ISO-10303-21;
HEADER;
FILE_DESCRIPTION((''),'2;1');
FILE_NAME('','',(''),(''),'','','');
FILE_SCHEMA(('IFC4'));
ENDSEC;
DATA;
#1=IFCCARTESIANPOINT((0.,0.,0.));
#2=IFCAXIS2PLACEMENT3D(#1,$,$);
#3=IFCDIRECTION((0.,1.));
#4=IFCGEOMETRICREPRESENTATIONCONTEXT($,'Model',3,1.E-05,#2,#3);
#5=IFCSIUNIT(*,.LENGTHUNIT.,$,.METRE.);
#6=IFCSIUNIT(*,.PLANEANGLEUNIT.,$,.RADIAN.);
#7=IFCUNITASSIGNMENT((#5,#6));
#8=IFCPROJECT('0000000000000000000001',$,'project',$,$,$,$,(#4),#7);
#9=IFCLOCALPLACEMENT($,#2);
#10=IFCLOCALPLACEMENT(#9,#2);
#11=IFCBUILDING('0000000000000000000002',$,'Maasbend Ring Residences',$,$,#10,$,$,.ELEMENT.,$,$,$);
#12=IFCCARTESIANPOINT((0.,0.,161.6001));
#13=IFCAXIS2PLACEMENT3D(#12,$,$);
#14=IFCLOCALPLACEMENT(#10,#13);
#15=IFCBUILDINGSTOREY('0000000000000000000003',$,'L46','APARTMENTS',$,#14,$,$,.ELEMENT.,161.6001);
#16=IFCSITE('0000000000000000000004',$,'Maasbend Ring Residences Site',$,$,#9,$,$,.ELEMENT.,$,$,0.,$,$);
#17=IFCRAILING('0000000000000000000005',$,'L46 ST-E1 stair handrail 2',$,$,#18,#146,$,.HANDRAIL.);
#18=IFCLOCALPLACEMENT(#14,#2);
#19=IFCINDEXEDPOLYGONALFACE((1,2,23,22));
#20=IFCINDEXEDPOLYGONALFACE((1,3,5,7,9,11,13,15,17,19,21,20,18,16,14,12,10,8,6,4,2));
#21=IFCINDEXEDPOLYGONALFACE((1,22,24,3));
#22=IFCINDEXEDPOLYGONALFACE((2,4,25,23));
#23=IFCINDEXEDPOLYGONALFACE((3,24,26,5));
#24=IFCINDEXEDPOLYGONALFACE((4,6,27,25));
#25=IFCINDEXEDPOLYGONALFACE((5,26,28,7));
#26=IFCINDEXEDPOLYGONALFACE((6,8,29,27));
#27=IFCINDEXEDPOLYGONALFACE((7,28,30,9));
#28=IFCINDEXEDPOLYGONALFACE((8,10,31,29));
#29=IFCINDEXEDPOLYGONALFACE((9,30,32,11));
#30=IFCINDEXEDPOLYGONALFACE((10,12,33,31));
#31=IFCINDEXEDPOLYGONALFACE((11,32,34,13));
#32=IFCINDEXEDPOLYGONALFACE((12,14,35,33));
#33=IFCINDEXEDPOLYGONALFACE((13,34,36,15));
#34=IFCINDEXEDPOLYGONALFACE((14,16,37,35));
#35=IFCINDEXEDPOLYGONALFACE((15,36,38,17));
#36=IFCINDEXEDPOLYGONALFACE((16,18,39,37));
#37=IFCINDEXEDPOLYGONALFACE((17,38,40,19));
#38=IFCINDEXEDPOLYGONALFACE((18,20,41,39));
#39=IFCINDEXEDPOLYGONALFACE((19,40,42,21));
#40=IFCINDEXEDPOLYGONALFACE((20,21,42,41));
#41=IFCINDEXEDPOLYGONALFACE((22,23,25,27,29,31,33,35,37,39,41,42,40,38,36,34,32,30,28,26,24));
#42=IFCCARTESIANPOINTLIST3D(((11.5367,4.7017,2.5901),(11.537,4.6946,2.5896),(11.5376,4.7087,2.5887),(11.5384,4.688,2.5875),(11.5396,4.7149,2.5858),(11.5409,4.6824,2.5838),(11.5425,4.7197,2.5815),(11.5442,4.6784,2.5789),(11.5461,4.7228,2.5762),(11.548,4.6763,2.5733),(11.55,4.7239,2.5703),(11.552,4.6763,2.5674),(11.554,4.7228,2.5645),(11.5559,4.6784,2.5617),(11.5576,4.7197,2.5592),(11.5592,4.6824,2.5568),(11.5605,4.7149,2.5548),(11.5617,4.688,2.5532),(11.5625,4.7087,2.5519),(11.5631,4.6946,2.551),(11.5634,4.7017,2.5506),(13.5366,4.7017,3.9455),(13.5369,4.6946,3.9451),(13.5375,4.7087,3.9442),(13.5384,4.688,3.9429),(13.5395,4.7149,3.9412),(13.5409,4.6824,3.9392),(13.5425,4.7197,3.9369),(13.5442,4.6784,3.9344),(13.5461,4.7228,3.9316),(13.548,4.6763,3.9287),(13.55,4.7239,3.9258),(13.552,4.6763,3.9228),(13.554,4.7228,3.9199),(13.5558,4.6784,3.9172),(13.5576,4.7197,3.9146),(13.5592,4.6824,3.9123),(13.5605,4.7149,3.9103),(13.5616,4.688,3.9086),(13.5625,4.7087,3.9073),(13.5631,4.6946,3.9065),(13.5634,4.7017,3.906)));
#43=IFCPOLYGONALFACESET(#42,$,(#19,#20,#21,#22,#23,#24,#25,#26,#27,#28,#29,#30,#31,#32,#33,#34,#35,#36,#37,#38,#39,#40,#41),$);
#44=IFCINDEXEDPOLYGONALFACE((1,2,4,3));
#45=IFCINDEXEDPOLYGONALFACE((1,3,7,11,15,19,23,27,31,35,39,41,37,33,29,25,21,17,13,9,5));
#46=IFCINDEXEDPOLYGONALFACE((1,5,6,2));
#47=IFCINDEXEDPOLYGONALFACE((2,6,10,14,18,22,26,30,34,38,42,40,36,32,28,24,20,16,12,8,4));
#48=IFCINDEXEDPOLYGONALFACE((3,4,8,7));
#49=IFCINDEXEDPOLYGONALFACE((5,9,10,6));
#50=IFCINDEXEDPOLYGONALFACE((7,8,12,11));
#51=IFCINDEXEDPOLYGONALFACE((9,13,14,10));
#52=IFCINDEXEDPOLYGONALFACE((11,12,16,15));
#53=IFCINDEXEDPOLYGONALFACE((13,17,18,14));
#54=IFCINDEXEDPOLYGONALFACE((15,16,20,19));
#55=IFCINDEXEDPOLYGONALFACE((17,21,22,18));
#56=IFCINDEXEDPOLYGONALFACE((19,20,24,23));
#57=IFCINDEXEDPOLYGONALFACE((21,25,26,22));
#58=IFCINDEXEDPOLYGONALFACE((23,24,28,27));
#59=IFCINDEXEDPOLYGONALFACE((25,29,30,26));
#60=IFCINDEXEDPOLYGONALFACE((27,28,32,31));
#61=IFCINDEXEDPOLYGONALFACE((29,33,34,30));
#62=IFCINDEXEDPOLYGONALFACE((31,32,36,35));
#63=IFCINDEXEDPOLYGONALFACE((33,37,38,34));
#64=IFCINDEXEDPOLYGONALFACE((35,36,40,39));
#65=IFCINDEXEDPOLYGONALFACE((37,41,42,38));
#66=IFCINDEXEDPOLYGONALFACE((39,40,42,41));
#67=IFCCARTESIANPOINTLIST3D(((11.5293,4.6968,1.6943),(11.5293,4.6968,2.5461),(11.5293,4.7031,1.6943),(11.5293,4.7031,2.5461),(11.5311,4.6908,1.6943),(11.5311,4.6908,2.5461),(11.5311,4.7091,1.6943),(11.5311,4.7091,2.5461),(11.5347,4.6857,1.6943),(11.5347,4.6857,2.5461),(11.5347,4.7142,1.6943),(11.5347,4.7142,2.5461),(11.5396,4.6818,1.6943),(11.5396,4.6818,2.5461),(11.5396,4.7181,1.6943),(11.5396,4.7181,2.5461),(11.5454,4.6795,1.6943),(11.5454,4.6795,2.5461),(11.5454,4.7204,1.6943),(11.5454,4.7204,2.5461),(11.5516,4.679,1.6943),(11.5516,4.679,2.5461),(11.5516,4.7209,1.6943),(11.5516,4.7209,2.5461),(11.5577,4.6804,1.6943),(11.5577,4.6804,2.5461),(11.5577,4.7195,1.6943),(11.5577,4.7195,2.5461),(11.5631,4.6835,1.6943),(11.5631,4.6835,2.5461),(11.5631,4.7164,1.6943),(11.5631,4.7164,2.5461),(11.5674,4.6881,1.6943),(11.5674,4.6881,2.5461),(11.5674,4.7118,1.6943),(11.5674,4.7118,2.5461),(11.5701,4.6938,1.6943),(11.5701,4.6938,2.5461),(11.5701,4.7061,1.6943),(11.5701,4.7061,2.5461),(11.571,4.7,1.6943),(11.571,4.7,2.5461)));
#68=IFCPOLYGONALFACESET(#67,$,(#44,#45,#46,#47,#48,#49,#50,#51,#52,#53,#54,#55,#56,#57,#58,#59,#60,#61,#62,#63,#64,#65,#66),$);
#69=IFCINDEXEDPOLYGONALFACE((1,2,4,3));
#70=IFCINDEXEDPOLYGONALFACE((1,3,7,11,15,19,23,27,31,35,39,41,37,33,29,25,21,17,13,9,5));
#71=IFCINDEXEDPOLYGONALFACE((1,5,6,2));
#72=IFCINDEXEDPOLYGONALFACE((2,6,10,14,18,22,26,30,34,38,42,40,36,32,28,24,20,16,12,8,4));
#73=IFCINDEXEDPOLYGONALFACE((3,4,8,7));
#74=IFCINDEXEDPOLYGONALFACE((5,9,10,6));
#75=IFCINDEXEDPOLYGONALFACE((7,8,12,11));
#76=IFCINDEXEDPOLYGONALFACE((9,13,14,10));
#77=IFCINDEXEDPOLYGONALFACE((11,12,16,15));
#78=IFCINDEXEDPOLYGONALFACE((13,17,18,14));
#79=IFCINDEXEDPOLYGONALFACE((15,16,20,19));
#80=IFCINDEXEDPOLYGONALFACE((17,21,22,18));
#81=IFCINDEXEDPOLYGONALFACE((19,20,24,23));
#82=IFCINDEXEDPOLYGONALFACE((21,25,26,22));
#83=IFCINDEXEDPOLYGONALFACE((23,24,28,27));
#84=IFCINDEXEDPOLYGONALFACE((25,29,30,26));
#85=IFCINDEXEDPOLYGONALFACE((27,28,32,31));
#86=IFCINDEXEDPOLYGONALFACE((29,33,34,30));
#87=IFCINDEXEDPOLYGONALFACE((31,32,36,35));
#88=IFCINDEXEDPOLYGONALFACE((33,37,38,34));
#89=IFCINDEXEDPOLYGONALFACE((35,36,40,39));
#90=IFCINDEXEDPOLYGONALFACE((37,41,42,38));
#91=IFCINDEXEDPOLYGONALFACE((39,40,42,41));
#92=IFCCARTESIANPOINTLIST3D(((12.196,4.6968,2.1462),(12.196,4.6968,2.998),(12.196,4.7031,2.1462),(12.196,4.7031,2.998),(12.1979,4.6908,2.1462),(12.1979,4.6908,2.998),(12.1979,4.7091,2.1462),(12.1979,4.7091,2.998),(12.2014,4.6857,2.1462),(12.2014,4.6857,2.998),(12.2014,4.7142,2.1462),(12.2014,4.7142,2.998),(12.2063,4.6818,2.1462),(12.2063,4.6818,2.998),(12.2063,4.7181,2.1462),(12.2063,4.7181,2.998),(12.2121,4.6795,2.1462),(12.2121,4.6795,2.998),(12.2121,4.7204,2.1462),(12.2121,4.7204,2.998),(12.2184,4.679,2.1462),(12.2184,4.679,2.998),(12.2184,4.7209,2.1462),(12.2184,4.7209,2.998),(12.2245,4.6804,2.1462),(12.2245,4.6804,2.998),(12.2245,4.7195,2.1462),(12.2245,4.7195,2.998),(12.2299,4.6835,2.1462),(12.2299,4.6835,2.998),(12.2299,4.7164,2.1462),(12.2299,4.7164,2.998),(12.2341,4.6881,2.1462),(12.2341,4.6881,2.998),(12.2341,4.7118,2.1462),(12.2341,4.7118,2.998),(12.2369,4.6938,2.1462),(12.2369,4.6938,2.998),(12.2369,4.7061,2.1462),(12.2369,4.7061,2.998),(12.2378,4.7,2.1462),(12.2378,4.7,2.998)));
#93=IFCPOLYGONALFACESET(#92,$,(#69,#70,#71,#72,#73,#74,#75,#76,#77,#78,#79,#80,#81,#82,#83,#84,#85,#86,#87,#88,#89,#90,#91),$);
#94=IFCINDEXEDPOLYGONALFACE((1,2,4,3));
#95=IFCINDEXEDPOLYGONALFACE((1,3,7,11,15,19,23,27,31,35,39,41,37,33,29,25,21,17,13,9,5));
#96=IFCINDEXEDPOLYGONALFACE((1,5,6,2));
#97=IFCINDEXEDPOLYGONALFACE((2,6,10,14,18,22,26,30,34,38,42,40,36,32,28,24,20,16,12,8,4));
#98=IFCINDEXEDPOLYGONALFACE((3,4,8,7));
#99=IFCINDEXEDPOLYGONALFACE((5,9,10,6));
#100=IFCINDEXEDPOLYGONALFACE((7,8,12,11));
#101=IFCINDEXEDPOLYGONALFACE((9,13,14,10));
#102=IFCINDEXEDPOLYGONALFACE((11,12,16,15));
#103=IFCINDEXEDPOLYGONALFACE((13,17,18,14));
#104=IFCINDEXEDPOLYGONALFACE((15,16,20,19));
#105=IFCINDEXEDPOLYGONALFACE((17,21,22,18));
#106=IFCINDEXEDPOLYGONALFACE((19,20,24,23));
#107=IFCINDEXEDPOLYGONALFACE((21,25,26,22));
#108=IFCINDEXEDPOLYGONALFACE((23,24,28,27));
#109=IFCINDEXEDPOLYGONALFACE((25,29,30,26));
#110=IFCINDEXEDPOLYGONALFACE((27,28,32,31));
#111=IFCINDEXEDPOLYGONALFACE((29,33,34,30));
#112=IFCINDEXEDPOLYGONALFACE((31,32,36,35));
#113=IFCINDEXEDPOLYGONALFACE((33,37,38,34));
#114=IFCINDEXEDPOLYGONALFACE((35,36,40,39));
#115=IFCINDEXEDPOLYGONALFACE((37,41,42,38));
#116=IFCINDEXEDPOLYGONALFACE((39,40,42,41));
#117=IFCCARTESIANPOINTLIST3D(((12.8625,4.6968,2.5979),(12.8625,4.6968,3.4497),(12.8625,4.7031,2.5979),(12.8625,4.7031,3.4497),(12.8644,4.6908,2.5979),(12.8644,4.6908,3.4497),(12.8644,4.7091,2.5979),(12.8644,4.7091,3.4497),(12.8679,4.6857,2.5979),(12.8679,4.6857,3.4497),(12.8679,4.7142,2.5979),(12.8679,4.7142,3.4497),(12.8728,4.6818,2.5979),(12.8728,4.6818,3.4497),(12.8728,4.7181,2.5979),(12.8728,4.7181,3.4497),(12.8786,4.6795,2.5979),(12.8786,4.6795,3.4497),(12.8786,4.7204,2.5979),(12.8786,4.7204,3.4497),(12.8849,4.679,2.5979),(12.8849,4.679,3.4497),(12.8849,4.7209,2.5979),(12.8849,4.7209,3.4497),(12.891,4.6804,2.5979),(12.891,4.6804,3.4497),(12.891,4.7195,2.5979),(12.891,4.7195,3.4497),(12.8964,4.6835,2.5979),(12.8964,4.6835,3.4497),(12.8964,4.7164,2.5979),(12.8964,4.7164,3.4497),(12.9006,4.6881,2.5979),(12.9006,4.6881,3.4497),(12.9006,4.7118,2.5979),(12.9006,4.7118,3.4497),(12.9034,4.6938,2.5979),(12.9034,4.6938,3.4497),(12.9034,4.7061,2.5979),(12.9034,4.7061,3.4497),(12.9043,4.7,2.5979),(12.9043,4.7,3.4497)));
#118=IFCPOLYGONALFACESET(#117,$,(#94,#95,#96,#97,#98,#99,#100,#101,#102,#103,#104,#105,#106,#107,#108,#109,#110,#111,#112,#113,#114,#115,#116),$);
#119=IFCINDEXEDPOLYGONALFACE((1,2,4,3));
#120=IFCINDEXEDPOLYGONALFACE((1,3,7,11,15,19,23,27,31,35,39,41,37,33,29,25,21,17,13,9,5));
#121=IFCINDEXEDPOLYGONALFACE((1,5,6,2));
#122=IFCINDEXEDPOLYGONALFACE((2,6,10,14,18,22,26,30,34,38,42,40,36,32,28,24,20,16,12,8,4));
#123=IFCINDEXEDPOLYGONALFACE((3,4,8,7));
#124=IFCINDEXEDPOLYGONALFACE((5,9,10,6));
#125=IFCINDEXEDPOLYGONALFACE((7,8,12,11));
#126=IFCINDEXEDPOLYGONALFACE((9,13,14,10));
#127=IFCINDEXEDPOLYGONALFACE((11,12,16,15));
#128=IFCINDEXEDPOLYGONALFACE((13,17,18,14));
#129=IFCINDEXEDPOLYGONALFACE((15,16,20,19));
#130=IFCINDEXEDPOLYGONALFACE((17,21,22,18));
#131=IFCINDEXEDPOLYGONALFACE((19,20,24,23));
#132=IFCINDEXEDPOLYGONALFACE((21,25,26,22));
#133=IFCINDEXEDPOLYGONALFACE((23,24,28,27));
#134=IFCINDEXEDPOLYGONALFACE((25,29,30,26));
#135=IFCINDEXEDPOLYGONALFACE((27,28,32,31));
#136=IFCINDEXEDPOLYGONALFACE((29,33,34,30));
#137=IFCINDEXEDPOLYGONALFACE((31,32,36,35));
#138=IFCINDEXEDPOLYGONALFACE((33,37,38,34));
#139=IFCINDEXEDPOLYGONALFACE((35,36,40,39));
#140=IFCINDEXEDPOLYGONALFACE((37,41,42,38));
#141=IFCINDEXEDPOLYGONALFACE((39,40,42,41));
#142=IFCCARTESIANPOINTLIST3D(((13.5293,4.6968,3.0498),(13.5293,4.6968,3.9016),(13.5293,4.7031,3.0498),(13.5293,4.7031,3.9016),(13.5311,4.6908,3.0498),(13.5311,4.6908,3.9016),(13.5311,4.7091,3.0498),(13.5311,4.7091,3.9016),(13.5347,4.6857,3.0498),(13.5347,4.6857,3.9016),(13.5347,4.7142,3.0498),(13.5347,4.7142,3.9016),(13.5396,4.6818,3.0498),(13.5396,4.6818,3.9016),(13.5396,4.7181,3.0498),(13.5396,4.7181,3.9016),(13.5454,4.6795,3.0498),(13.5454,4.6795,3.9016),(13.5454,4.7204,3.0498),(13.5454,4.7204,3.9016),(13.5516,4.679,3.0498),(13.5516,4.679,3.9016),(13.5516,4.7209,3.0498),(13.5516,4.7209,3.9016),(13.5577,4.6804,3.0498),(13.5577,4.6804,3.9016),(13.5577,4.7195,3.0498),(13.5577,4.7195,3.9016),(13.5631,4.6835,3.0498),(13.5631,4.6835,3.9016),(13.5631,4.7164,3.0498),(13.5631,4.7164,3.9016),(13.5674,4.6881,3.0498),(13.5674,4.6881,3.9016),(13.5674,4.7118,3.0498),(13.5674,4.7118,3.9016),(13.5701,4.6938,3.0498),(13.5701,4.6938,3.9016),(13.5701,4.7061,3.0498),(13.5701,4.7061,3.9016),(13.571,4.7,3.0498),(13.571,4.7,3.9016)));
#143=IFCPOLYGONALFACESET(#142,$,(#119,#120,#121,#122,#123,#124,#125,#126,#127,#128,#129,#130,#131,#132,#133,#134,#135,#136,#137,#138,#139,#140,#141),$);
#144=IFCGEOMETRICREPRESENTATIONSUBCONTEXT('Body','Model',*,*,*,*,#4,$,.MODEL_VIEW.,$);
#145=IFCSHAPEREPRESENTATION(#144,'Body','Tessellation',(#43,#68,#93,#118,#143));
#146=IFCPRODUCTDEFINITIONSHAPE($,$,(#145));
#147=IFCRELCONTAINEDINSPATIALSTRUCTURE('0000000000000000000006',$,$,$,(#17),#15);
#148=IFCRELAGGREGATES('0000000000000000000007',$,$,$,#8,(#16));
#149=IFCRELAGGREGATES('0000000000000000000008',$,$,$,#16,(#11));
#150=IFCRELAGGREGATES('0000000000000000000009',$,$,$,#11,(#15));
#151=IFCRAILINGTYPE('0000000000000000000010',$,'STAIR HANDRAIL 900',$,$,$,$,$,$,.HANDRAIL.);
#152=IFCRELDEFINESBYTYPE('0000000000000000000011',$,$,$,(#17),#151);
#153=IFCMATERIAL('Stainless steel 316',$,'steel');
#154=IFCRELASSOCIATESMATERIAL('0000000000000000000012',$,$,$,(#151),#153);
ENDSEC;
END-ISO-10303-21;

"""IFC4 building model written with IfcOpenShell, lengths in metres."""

from ifc_helpers import new_model, si_unit, direction, frame, origin, origin_2d, place, context, subcontext, project, spatial, circle, extrude, material, type_object, element, save


model = new_model("IFC4")

# Units and contexts
model_context = context("Model", 3, precision=1e-05, world=origin(), true_north=direction((0.0, 1.0)))
body_context = subcontext(model_context, "Body", "Model", "MODEL_VIEW")
ifc_project = project(units=[si_unit("LENGTHUNIT", "METRE"), si_unit("PLANEANGLEUNIT", "RADIAN")], contexts=[model_context])

# Site, building, storey
site_placement = place(None, origin())
site = spatial("IfcSite", under=ifc_project, at=site_placement, Name="Maasbend Ring Residences Site", CompositionType="ELEMENT", RefElevation=0.0)
building_placement = place(site_placement, origin())
building = spatial("IfcBuilding", under=site, at=building_placement, Name="Maasbend Ring Residences", CompositionType="ELEMENT")
storey_placement = place(building_placement, frame((0.0, 0.0, 161.6001)))
storey = spatial("IfcBuildingStorey", under=building, at=storey_placement, Name="L46", Description="APARTMENTS", CompositionType="ELEMENT", Elevation=161.6001)

# Railing
ifc_material_1 = material(Name="Stainless steel 316", Category="steel")
railing_type_1 = type_object("IfcRailingType", Name="STAIR HANDRAIL 900", PredefinedType="HANDRAIL", material=ifc_material_1)
railing_1_placement = place(storey_placement, frame((11.55, 4.7, 1.6943)))
element("IfcRailing", 1, at=railing_1_placement, inside=storey, type_object=railing_type_1, Name="L46 ST-E1 stair handrail 2", PredefinedType="HANDRAIL", context=body_context, shape_type="SweptSolid", body=[
    extrude(circle(Radius=0.0239, at=origin_2d()), frame((0.0, 0.0, 0.876), z_axis=(0.827798, 0.0, 0.561027), x_axis=(0.0, 1.0, 0.0)), (0.0, 0.0, 1.0), 2.416),
    extrude(circle(Radius=0.021, at=origin_2d()), origin(), (0.0, 0.0, 1.0), 0.8518),
    extrude(circle(Radius=0.021, at=origin_2d()), frame((0.6667, 0.0, 0.4519)), (0.0, 0.0, 1.0), 0.8518),
    extrude(circle(Radius=0.021, at=origin_2d()), frame((1.3333, 0.0, 0.9036)), (0.0, 0.0, 1.0), 0.8518),
    extrude(circle(Radius=0.021, at=origin_2d()), frame((2.0, 0.0, 1.3555)), (0.0, 0.0, 1.0), 0.8518),
])

save(model, "model.ifc")
